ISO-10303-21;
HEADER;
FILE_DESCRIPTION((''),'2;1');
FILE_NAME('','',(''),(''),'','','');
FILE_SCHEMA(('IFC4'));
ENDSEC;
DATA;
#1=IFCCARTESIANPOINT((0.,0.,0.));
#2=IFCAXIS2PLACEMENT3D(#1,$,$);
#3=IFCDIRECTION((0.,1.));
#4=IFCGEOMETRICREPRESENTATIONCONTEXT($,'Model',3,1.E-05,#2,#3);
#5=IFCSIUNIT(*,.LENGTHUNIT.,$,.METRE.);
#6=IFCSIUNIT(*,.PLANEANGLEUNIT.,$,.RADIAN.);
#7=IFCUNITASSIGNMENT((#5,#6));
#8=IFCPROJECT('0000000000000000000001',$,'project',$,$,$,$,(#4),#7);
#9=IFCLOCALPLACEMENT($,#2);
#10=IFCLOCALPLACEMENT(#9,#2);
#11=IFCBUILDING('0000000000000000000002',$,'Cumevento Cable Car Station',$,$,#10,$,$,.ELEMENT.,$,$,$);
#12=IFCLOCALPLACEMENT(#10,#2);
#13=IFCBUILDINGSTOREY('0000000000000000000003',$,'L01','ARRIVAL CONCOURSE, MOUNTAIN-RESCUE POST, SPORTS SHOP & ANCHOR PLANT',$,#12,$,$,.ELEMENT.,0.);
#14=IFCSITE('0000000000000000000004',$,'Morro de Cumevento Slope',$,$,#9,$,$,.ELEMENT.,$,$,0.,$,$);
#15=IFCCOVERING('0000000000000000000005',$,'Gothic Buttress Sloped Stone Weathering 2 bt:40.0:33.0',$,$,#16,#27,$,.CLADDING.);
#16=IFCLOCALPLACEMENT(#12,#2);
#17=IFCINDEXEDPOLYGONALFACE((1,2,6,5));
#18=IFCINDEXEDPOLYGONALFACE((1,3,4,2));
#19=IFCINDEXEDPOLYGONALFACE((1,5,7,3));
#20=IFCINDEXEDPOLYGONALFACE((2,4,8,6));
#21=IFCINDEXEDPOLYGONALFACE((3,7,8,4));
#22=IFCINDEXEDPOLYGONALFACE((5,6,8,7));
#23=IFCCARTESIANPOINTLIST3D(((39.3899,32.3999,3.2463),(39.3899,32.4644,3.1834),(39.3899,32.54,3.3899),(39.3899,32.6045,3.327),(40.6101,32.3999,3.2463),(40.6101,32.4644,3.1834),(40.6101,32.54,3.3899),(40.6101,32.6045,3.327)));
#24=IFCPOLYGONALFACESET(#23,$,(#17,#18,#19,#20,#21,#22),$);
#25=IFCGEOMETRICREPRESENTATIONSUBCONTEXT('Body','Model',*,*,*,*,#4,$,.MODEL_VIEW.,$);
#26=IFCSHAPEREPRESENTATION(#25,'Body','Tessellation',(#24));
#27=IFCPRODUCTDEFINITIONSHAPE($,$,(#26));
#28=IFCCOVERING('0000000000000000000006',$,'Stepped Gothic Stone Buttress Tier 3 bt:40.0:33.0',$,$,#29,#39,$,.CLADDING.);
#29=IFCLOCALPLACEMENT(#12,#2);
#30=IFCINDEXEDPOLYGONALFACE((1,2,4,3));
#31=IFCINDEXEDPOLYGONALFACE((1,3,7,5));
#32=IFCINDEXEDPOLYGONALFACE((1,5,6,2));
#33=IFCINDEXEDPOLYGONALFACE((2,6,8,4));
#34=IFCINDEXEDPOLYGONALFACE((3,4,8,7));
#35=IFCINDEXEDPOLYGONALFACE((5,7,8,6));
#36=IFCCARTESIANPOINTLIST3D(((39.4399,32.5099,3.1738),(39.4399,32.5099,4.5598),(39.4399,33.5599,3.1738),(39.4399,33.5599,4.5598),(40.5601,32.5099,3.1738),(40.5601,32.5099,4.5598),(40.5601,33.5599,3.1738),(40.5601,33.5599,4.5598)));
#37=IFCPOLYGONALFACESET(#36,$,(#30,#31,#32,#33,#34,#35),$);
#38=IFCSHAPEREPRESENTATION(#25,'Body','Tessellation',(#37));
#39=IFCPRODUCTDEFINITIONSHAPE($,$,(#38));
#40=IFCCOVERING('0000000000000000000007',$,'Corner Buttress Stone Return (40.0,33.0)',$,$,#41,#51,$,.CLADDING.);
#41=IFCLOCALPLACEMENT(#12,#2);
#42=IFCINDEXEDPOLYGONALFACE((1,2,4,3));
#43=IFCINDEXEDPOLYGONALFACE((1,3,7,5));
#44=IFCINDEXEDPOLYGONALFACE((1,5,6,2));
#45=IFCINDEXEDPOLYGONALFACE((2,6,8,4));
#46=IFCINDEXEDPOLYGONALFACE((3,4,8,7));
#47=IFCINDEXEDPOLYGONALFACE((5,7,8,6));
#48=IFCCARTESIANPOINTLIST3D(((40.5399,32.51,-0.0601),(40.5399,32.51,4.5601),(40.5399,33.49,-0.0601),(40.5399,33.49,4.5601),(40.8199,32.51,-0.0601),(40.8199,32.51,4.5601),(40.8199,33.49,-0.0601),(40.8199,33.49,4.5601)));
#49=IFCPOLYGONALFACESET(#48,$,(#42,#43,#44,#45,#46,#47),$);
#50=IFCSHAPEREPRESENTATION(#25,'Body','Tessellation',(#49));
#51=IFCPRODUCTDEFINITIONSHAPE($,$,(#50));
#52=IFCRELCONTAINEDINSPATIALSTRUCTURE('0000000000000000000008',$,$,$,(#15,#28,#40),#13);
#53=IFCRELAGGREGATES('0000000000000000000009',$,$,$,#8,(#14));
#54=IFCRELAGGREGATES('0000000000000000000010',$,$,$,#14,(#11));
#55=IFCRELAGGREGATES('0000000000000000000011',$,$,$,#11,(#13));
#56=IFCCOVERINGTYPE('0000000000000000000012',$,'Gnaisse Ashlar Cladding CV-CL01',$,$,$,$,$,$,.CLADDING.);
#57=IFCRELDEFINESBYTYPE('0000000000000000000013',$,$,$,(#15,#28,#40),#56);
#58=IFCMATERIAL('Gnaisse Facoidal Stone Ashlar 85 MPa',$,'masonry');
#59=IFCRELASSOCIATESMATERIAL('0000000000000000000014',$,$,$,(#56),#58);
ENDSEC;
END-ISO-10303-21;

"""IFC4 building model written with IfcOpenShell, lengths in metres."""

from ifc_helpers import new_model, si_unit, direction, frame, origin, origin_2d, place, context, subcontext, project, spatial, polyline, rectangle, outline, extrude, material, type_object, element, save


model = new_model("IFC4")

# Units and contexts
model_context = context("Model", 3, precision=1e-05, world=origin(), true_north=direction((0.0, 1.0)))
body_context = subcontext(model_context, "Body", "Model", "MODEL_VIEW")
ifc_project = project(units=[si_unit("LENGTHUNIT", "METRE"), si_unit("PLANEANGLEUNIT", "RADIAN")], contexts=[model_context])

# Site, building, storey
site_placement = place(None, origin())
site = spatial("IfcSite", under=ifc_project, at=site_placement, Name="Morro de Cumevento Slope", CompositionType="ELEMENT", RefElevation=0.0)
building_placement = place(site_placement, origin())
building = spatial("IfcBuilding", under=site, at=building_placement, Name="Cumevento Cable Car Station", CompositionType="ELEMENT")
storey_placement = place(building_placement, origin())
storey = spatial("IfcBuildingStorey", under=building, at=storey_placement, Name="L01", Description="ARRIVAL CONCOURSE, MOUNTAIN-RESCUE POST, SPORTS SHOP & ANCHOR PLANT", CompositionType="ELEMENT", Elevation=0.0)

# Coverings
ifc_material_1 = material(Name="Gnaisse Facoidal Stone Ashlar 85 MPa", Category="masonry")
covering_type = type_object("IfcCoveringType", Name="Gnaisse Ashlar Cladding CV-CL01", PredefinedType="CLADDING", material=ifc_material_1)
covering_1_placement = place(storey_placement, frame((39.3899, 32.3999, 3.2463), z_axis=(0.0, -0.715574, 0.698537), x_axis=(1.0, 0.0, 0.0)))
element("IfcCovering", 1, at=covering_1_placement, inside=storey, type_object=covering_type, Name="Gothic Buttress Sloped Stone Weathering 2 bt:40.0:33.0", PredefinedType="CLADDING", context=body_context, shape_type="SweptSolid", body=[
    extrude(outline(polyline([(0.0, 0.0), (1.2202, 0.0), (1.2202, 0.2006), (0.0, 0.2006), (0.0, 0.0)])), origin(), (0.0, 0.0, -1.0), 0.0901),
])
covering_2_placement = place(storey_placement, frame((40.0, 33.0349, 3.1738), z_axis=(0.0, 0.0, 1.0), x_axis=(1.0, 0.0, 0.0)))
element("IfcCovering", 2, at=covering_2_placement, inside=storey, type_object=covering_type, Name="Stepped Gothic Stone Buttress Tier 3 bt:40.0:33.0", PredefinedType="CLADDING", context=body_context, shape_type="SweptSolid", body=[
    extrude(rectangle(XDim=1.1201, YDim=1.05, at=origin_2d()), origin(), (0.0, 0.0, 1.0), 1.386),
])
covering_3_placement = place(storey_placement, frame((40.6799, 33.0, -0.0601), z_axis=(0.0, 0.0, 1.0), x_axis=(1.0, 0.0, 0.0)))
element("IfcCovering", 3, at=covering_3_placement, inside=storey, type_object=covering_type, Name="Corner Buttress Stone Return (40.0,33.0)", PredefinedType="CLADDING", context=body_context, shape_type="SweptSolid", body=[
    extrude(rectangle(XDim=0.28, YDim=0.98, at=origin_2d()), origin(), (0.0, 0.0, 1.0), 4.6201),
])

save(model, "model.ifc")
